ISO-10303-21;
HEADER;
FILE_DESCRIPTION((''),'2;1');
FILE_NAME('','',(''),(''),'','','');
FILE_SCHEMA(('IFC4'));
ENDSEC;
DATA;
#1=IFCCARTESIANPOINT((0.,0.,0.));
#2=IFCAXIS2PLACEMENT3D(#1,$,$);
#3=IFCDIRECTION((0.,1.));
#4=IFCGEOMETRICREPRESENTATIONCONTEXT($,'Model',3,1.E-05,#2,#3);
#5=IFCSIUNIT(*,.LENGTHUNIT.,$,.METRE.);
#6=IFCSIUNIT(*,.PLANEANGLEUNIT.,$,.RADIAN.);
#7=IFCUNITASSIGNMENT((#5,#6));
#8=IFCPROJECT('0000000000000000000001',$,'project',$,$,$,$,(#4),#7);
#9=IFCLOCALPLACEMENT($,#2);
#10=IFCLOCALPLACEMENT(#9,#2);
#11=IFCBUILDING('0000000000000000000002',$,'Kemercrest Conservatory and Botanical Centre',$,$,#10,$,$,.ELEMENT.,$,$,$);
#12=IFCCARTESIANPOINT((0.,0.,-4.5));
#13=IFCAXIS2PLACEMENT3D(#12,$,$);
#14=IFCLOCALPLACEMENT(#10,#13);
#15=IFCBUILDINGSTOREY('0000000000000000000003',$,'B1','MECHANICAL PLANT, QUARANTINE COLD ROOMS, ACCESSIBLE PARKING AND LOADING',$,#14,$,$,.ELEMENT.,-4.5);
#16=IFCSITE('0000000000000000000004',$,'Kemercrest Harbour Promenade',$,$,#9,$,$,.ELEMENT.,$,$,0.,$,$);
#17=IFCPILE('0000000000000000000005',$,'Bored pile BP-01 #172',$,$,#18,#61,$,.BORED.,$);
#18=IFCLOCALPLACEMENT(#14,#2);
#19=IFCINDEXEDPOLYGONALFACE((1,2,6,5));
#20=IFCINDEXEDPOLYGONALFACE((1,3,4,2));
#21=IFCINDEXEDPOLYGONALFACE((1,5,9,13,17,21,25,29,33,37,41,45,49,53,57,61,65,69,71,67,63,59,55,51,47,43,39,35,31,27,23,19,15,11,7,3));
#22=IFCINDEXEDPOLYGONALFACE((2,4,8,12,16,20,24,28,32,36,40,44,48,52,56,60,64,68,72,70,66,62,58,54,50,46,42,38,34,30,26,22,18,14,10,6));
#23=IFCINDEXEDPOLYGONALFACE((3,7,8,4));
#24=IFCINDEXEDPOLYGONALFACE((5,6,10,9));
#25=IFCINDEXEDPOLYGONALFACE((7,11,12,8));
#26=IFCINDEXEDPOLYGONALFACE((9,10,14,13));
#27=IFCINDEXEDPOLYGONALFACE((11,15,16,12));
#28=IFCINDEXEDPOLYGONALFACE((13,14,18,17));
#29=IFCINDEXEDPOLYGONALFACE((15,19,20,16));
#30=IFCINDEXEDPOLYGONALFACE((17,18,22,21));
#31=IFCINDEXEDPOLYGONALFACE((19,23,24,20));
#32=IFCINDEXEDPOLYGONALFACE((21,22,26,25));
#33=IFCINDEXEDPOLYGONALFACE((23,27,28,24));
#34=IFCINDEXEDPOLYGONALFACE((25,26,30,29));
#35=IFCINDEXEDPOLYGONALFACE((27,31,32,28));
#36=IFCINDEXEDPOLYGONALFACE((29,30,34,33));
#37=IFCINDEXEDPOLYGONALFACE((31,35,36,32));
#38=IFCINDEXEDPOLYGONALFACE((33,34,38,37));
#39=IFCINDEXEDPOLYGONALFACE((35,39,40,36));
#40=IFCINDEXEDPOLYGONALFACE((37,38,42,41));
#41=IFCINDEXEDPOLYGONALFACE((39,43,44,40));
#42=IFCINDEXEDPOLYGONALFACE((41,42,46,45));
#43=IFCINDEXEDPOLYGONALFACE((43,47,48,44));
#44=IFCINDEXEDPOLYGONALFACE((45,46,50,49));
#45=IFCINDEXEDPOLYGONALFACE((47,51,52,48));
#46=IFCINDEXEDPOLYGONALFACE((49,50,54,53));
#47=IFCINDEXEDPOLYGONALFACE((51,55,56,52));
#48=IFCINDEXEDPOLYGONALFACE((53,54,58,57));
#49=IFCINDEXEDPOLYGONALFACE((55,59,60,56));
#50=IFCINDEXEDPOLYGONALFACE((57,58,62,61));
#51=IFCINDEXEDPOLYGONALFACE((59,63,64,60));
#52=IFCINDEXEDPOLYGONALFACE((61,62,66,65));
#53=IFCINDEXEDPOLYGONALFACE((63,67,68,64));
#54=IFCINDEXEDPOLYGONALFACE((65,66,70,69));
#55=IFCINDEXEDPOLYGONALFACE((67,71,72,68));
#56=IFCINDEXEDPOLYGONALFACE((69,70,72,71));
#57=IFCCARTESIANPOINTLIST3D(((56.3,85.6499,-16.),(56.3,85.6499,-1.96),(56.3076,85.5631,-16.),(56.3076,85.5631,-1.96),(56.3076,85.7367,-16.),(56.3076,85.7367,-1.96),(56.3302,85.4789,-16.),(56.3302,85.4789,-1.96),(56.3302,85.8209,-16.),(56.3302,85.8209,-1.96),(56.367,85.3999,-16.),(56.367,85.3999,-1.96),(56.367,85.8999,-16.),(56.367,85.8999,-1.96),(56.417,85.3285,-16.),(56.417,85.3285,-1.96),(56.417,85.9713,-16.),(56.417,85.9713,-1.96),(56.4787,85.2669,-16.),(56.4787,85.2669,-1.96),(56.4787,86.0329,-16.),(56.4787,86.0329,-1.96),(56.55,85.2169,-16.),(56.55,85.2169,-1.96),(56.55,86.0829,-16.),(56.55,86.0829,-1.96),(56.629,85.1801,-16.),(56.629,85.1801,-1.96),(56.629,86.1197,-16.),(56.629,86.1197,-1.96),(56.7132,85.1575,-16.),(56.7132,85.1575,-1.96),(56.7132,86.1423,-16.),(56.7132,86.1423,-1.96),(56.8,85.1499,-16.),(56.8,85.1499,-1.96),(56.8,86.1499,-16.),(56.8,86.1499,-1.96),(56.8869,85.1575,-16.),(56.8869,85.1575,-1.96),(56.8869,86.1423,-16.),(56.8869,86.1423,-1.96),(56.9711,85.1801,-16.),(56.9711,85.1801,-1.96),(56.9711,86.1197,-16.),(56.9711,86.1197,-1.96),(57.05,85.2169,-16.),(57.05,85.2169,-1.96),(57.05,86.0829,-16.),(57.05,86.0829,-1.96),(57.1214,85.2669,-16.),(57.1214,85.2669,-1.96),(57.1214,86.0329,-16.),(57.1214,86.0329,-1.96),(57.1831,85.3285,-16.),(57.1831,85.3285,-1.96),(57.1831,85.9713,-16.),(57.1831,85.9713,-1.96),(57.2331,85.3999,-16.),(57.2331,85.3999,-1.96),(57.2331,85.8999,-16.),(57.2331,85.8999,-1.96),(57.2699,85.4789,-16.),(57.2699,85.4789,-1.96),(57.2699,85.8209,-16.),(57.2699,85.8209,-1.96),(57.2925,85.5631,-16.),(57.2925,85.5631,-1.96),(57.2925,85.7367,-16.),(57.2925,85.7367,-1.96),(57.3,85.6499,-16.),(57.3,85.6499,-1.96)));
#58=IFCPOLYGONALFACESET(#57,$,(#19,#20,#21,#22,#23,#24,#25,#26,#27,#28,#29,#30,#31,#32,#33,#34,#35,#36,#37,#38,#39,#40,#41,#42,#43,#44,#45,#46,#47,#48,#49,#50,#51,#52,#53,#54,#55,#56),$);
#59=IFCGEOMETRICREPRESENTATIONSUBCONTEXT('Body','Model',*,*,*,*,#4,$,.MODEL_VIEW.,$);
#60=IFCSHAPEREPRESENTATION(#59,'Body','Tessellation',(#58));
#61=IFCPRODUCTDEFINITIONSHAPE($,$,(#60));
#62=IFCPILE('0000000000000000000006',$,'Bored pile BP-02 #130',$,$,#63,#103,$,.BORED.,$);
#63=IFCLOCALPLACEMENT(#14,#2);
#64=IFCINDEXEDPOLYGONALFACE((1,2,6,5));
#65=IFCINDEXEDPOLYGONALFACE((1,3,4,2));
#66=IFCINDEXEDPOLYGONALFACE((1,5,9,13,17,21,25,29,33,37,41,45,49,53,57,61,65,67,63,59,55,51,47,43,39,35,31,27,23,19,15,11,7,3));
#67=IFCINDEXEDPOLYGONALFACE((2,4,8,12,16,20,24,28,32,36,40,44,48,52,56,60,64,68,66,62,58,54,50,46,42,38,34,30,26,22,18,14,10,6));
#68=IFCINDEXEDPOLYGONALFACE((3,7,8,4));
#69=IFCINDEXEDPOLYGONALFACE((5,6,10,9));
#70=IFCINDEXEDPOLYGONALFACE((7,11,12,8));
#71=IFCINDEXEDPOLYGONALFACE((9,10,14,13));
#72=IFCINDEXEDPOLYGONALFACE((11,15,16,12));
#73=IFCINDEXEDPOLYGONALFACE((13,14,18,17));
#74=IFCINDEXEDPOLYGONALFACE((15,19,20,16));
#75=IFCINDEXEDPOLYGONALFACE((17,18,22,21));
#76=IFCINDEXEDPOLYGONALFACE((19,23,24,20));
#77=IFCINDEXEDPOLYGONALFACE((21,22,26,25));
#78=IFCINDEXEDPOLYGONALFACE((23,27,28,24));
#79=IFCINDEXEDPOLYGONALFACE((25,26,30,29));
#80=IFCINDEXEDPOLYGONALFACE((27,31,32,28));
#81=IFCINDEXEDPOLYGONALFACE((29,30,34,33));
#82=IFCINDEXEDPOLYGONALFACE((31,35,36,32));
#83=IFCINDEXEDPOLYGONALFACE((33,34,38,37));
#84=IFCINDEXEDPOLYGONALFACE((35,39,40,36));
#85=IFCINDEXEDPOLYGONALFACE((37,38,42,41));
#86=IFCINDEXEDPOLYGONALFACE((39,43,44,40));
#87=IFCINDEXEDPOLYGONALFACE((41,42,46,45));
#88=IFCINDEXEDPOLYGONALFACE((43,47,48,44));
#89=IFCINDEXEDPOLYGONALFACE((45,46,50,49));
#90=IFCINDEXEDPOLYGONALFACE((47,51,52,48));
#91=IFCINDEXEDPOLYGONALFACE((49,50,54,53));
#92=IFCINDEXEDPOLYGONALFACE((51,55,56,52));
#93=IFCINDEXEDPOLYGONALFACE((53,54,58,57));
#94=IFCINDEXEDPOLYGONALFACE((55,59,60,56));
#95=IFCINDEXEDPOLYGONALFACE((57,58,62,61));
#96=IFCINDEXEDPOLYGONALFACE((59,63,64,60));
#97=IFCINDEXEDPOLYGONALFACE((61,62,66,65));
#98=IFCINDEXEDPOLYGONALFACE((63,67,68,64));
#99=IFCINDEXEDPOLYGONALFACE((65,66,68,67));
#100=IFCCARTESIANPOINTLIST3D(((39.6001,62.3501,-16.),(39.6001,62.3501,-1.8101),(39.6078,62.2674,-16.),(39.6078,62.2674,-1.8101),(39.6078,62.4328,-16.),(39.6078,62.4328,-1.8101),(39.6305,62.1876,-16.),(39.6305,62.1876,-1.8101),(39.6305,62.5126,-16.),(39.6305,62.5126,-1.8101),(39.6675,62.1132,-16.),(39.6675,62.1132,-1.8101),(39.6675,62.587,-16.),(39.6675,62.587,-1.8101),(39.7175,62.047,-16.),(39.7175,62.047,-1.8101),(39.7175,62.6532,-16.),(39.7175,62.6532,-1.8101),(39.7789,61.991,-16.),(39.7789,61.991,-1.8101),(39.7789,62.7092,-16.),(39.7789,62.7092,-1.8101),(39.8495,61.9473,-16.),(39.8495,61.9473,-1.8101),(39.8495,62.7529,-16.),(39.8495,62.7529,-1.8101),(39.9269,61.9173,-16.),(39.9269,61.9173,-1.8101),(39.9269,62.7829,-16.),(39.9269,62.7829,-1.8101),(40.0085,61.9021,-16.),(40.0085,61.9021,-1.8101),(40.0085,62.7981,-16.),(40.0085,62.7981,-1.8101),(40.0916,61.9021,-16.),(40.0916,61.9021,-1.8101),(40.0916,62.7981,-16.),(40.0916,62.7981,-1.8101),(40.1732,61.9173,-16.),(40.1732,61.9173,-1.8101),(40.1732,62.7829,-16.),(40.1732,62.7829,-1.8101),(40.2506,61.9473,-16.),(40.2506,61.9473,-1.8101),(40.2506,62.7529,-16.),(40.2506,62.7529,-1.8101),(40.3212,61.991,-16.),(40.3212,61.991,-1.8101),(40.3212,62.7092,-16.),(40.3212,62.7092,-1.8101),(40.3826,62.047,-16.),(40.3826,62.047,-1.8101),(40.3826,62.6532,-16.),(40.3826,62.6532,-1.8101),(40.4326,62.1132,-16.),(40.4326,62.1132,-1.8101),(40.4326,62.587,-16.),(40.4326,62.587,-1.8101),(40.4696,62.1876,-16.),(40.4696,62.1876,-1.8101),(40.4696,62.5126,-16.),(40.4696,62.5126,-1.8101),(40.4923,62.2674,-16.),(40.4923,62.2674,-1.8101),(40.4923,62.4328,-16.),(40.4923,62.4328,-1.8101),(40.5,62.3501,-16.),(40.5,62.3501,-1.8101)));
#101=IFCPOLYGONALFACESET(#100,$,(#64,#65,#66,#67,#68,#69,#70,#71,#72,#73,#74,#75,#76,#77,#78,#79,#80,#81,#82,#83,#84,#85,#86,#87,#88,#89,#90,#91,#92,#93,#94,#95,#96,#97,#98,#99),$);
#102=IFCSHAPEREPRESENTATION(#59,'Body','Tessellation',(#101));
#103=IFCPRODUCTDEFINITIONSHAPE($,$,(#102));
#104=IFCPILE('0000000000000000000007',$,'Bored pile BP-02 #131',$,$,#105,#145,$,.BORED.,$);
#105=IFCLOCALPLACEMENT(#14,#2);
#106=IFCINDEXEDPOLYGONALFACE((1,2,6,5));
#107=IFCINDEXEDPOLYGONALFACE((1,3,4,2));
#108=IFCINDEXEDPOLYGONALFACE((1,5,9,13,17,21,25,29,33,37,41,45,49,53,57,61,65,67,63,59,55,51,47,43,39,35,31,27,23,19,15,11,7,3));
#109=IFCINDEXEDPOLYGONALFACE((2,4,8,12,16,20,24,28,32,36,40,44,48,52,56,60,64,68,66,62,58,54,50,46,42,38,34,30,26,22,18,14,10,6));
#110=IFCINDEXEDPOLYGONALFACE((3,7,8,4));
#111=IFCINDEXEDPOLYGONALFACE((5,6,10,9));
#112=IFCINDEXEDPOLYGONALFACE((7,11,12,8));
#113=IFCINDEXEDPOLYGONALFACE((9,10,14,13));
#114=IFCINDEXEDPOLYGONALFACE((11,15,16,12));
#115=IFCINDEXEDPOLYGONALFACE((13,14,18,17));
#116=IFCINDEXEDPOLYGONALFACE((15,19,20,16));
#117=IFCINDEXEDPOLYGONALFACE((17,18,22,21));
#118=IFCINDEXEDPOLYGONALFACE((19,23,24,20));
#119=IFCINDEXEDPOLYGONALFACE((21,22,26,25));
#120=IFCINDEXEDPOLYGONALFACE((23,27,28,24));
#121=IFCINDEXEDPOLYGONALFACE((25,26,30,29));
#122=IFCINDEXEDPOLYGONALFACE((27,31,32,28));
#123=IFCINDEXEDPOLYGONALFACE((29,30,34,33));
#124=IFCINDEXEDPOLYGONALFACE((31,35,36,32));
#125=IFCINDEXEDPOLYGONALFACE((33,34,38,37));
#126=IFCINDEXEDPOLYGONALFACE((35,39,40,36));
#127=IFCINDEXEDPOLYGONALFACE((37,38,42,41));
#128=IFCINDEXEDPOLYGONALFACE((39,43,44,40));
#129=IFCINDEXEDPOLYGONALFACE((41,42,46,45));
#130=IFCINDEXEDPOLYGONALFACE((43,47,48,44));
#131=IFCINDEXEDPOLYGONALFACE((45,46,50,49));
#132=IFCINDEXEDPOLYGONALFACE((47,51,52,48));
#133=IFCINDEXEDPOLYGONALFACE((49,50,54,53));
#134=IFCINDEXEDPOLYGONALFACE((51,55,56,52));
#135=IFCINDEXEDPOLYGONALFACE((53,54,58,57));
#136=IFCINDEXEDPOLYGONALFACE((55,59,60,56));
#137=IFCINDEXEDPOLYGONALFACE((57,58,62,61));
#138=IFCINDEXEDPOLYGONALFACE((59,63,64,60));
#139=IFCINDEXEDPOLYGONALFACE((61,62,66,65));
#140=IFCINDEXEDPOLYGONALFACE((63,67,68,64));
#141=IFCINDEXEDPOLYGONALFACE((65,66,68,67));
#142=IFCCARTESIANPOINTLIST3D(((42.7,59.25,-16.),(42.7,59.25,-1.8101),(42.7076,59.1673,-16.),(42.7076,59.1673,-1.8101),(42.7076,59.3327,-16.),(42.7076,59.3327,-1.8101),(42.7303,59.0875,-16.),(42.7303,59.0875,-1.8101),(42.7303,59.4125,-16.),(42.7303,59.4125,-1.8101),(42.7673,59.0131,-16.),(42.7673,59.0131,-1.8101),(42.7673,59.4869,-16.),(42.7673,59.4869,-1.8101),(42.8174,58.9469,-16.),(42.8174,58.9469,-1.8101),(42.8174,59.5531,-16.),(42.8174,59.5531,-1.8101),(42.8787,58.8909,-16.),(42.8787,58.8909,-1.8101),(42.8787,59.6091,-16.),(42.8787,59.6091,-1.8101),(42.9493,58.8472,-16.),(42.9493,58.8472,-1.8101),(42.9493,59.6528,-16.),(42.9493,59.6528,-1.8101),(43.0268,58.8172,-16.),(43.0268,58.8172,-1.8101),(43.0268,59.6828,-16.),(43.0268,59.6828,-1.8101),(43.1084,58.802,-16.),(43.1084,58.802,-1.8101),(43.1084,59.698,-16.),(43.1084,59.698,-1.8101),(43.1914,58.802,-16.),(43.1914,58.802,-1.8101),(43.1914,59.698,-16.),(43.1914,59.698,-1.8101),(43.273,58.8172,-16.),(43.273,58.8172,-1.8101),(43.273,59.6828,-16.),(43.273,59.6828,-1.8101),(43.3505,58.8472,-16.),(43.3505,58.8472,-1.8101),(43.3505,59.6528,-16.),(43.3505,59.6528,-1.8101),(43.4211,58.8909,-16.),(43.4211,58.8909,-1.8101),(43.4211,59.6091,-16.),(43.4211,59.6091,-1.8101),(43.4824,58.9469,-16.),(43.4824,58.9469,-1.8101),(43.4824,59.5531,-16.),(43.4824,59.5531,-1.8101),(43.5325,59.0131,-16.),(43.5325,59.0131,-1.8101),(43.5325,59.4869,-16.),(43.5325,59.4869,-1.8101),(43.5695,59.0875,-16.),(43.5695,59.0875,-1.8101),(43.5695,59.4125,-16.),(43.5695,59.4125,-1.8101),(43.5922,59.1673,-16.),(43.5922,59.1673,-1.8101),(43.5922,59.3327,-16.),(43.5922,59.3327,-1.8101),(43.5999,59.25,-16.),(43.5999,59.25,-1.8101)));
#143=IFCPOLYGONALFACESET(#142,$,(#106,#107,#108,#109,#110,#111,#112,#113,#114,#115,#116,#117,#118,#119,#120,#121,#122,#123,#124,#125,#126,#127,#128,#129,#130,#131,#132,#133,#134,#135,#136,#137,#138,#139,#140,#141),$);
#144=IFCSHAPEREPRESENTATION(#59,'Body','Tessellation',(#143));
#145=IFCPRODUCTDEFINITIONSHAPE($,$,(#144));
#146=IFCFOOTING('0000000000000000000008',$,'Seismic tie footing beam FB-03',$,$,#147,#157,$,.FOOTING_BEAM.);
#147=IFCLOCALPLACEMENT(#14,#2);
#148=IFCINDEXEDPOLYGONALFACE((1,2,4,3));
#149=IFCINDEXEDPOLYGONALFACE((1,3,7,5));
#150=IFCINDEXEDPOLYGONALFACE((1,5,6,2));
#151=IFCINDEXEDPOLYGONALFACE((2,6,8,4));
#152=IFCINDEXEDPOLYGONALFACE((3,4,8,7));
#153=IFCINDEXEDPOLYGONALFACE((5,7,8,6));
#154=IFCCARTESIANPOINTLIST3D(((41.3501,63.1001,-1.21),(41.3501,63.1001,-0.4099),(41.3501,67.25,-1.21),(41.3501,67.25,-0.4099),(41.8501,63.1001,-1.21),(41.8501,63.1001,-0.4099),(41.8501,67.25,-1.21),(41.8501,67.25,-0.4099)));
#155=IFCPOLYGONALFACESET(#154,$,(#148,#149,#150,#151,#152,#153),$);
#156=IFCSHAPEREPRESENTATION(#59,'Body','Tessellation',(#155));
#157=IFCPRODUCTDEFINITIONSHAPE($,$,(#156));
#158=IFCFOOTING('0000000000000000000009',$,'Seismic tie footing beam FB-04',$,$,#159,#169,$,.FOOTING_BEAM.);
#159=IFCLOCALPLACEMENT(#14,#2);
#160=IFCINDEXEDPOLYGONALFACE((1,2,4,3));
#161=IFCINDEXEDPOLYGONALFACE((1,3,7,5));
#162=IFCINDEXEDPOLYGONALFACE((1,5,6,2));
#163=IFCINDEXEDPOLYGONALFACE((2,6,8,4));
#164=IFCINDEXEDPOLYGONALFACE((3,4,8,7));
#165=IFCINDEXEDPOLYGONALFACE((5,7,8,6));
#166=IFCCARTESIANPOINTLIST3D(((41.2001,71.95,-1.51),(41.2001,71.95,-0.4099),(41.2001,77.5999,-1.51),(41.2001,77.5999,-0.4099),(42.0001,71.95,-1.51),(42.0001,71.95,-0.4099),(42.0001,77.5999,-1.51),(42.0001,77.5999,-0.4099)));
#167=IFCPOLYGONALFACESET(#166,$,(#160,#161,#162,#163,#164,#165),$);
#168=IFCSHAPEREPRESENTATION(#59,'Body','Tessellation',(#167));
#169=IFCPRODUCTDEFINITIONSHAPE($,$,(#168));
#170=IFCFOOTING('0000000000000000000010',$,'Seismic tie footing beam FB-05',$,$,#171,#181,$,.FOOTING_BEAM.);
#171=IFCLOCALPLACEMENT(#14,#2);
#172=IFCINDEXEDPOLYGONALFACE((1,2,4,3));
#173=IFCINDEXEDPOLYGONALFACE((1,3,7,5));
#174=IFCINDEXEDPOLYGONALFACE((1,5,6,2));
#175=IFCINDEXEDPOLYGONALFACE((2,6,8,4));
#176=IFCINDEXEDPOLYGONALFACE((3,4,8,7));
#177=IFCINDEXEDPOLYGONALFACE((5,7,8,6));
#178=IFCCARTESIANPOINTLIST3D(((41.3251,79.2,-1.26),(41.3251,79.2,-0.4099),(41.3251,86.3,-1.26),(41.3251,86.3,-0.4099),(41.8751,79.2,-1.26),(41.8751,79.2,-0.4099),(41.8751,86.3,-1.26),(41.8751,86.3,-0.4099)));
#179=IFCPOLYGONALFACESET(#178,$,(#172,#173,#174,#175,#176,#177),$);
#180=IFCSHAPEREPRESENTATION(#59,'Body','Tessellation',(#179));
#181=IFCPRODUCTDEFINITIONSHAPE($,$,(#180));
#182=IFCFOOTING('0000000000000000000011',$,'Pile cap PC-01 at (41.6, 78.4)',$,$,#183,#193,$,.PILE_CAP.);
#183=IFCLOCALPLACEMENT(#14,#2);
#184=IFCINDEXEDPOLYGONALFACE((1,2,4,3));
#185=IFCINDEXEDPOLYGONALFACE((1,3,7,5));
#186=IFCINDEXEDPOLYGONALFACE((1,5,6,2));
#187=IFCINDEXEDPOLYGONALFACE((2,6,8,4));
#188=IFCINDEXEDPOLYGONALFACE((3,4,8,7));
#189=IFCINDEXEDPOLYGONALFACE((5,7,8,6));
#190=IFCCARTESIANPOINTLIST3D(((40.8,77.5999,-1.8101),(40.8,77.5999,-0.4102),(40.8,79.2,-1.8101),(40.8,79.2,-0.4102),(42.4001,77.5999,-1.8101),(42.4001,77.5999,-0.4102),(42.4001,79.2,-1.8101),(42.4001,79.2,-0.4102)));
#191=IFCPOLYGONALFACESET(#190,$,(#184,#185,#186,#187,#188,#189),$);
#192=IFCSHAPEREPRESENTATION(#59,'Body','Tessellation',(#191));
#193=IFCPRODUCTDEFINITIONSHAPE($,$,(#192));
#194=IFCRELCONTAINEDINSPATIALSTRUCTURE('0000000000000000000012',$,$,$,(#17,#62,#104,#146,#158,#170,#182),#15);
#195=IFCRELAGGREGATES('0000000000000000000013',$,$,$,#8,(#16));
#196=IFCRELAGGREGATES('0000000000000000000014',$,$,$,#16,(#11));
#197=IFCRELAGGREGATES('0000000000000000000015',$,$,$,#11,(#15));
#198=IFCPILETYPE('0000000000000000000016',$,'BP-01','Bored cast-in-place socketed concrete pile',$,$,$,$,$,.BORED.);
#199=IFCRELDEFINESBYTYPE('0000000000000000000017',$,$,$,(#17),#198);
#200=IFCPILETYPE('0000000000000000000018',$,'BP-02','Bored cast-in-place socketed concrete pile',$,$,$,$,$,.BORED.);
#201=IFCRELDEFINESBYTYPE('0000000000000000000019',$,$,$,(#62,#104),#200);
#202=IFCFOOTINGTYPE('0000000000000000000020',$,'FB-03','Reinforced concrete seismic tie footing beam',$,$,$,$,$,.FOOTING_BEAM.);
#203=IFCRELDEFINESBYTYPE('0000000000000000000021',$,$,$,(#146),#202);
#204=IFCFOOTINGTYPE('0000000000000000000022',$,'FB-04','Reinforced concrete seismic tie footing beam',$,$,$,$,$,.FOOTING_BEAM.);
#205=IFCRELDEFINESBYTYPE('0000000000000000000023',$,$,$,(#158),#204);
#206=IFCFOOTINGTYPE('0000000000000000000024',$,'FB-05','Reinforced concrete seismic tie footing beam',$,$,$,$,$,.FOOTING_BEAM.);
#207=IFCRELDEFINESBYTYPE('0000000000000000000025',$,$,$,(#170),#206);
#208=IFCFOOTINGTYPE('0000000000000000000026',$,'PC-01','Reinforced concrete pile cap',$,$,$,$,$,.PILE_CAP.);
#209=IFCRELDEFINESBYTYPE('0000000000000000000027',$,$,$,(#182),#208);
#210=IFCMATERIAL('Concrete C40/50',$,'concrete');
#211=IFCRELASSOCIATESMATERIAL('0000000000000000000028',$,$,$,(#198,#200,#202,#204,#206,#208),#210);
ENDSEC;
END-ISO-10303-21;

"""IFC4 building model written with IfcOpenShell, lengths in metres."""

from ifc_helpers import new_model, si_unit, direction, frame, origin, origin_2d, place, context, subcontext, project, spatial, rectangle, circle, extrude, material, material_profile, profile_set, type_object, element, save


model = new_model("IFC4")

# Units and contexts
model_context = context("Model", 3, precision=1e-05, world=origin(), true_north=direction((0.0, 1.0)))
body_context = subcontext(model_context, "Body", "Model", "MODEL_VIEW")
ifc_project = project(units=[si_unit("LENGTHUNIT", "METRE"), si_unit("PLANEANGLEUNIT", "RADIAN")], contexts=[model_context])

# Site, building, storey
site_placement = place(None, origin())
site = spatial("IfcSite", under=ifc_project, at=site_placement, Name="Kemercrest Harbour Promenade", CompositionType="ELEMENT", RefElevation=0.0)
building_placement = place(site_placement, origin())
building = spatial("IfcBuilding", under=site, at=building_placement, Name="Kemercrest Conservatory and Botanical Centre", CompositionType="ELEMENT")
storey_placement = place(building_placement, frame((0.0, 0.0, -4.5)))
storey = spatial("IfcBuildingStorey", under=building, at=storey_placement, Name="B1", Description="MECHANICAL PLANT, QUARANTINE COLD ROOMS, ACCESSIBLE PARKING AND LOADING", CompositionType="ELEMENT", Elevation=-4.5)

# Piles
ifc_material_1 = material(Name="Concrete C40/50", Category="concrete")
ifc_material_profile_1 = material_profile(ifc_material_1, circle(Radius=0.5, at=origin_2d()), Name="BORED PILE 1000")
ifc_profile_set_1 = profile_set([ifc_material_profile_1], Name="Concrete C40/50")
pile_type_1 = type_object("IfcPileType", Name="BP-01", Description="Bored cast-in-place socketed concrete pile", PredefinedType="BORED", material=ifc_profile_set_1)
pile_1_placement = place(storey_placement, frame((56.8, 85.6499, -1.96), z_axis=(0.0, 0.0, -1.0), x_axis=(1.0, 0.0, 0.0)))
element("IfcPile", 1, at=pile_1_placement, inside=storey, type_object=pile_type_1, Name="Bored pile BP-01 #172", PredefinedType="BORED", context=body_context, shape_type="SweptSolid", body=[
    extrude(circle(Radius=0.5, at=origin_2d()), origin(), (0.0, 0.0, 1.0), 14.04),
])
ifc_material_profile_2 = material_profile(ifc_material_1, circle(Radius=0.45, at=origin_2d()), Name="BORED PILE 900")
ifc_profile_set_2 = profile_set([ifc_material_profile_2], Name="Concrete C40/50")
pile_type_2 = type_object("IfcPileType", Name="BP-02", Description="Bored cast-in-place socketed concrete pile", PredefinedType="BORED", material=ifc_profile_set_2)
for number, where, z_axis, x_axis, name in (
    (2, (40.05, 62.3501, -1.8101), (0.0, 0.0, -1.0), (1.0, 0.0, 0.0), "Bored pile BP-02 #130"),
    (3, (43.1499, 59.25, -1.8101), (0.0, 0.0, -1.0), (1.0, 0.0, 0.0), "Bored pile BP-02 #131"),
):
    element("IfcPile", number, at=place(storey_placement, frame(where, z_axis=z_axis, x_axis=x_axis)), inside=storey, type_object=pile_type_2, Name=name, PredefinedType="BORED", context=body_context, shape_type="SweptSolid", body=[
        extrude(circle(Radius=0.45, at=origin_2d()), origin(), (0.0, 0.0, 1.0), 14.1899),
    ])

# Footings
footing_type_1 = type_object("IfcFootingType", Name="FB-03", Description="Reinforced concrete seismic tie footing beam", PredefinedType="FOOTING_BEAM", material=ifc_material_1)
footing_1_placement = place(storey_placement, frame((41.6001, 65.175, -1.21), z_axis=(0.0, 0.0, 1.0), x_axis=(1.0, 0.0, 0.0)))
element("IfcFooting", 4, at=footing_1_placement, inside=storey, type_object=footing_type_1, Name="Seismic tie footing beam FB-03", PredefinedType="FOOTING_BEAM", context=body_context, shape_type="SweptSolid", body=[
    extrude(rectangle(XDim=0.5, YDim=4.1499, at=origin_2d()), origin(), (0.0, 0.0, 1.0), 0.8),
])
footing_type_2 = type_object("IfcFootingType", Name="FB-04", Description="Reinforced concrete seismic tie footing beam", PredefinedType="FOOTING_BEAM", material=ifc_material_1)
footing_2_placement = place(storey_placement, frame((41.6001, 74.7749, -1.51), z_axis=(0.0, 0.0, 1.0), x_axis=(1.0, 0.0, 0.0)))
element("IfcFooting", 5, at=footing_2_placement, inside=storey, type_object=footing_type_2, Name="Seismic tie footing beam FB-04", PredefinedType="FOOTING_BEAM", context=body_context, shape_type="SweptSolid", body=[
    extrude(rectangle(XDim=0.8, YDim=5.6499, at=origin_2d()), origin(), (0.0, 0.0, 1.0), 1.1001),
])
footing_type_3 = type_object("IfcFootingType", Name="FB-05", Description="Reinforced concrete seismic tie footing beam", PredefinedType="FOOTING_BEAM", material=ifc_material_1)
footing_3_placement = place(storey_placement, frame((41.6001, 82.75, -1.26), z_axis=(0.0, 0.0, 1.0), x_axis=(1.0, 0.0, 0.0)))
element("IfcFooting", 6, at=footing_3_placement, inside=storey, type_object=footing_type_3, Name="Seismic tie footing beam FB-05", PredefinedType="FOOTING_BEAM", context=body_context, shape_type="SweptSolid", body=[
    extrude(rectangle(XDim=0.55, YDim=7.1001, at=origin_2d()), origin(), (0.0, 0.0, 1.0), 0.8501),
])
footing_type_4 = type_object("IfcFootingType", Name="PC-01", Description="Reinforced concrete pile cap", PredefinedType="PILE_CAP", material=ifc_material_1)
for number, where, z_axis, x_axis, name in (
    (7, (41.6001, 78.3999, -1.8101), (0.0, 0.0, 1.0), (1.0, 0.0, 0.0), "Pile cap PC-01 at (41.6, 78.4)"),
):
    element("IfcFooting", number, at=place(storey_placement, frame(where, z_axis=z_axis, x_axis=x_axis)), inside=storey, type_object=footing_type_4, Name=name, PredefinedType="PILE_CAP", context=body_context, shape_type="SweptSolid", body=[
        extrude(rectangle(XDim=1.6001, YDim=1.6001, at=origin_2d()), origin(), (0.0, 0.0, 1.0), 1.3999),
    ])

save(model, "model.ifc")
